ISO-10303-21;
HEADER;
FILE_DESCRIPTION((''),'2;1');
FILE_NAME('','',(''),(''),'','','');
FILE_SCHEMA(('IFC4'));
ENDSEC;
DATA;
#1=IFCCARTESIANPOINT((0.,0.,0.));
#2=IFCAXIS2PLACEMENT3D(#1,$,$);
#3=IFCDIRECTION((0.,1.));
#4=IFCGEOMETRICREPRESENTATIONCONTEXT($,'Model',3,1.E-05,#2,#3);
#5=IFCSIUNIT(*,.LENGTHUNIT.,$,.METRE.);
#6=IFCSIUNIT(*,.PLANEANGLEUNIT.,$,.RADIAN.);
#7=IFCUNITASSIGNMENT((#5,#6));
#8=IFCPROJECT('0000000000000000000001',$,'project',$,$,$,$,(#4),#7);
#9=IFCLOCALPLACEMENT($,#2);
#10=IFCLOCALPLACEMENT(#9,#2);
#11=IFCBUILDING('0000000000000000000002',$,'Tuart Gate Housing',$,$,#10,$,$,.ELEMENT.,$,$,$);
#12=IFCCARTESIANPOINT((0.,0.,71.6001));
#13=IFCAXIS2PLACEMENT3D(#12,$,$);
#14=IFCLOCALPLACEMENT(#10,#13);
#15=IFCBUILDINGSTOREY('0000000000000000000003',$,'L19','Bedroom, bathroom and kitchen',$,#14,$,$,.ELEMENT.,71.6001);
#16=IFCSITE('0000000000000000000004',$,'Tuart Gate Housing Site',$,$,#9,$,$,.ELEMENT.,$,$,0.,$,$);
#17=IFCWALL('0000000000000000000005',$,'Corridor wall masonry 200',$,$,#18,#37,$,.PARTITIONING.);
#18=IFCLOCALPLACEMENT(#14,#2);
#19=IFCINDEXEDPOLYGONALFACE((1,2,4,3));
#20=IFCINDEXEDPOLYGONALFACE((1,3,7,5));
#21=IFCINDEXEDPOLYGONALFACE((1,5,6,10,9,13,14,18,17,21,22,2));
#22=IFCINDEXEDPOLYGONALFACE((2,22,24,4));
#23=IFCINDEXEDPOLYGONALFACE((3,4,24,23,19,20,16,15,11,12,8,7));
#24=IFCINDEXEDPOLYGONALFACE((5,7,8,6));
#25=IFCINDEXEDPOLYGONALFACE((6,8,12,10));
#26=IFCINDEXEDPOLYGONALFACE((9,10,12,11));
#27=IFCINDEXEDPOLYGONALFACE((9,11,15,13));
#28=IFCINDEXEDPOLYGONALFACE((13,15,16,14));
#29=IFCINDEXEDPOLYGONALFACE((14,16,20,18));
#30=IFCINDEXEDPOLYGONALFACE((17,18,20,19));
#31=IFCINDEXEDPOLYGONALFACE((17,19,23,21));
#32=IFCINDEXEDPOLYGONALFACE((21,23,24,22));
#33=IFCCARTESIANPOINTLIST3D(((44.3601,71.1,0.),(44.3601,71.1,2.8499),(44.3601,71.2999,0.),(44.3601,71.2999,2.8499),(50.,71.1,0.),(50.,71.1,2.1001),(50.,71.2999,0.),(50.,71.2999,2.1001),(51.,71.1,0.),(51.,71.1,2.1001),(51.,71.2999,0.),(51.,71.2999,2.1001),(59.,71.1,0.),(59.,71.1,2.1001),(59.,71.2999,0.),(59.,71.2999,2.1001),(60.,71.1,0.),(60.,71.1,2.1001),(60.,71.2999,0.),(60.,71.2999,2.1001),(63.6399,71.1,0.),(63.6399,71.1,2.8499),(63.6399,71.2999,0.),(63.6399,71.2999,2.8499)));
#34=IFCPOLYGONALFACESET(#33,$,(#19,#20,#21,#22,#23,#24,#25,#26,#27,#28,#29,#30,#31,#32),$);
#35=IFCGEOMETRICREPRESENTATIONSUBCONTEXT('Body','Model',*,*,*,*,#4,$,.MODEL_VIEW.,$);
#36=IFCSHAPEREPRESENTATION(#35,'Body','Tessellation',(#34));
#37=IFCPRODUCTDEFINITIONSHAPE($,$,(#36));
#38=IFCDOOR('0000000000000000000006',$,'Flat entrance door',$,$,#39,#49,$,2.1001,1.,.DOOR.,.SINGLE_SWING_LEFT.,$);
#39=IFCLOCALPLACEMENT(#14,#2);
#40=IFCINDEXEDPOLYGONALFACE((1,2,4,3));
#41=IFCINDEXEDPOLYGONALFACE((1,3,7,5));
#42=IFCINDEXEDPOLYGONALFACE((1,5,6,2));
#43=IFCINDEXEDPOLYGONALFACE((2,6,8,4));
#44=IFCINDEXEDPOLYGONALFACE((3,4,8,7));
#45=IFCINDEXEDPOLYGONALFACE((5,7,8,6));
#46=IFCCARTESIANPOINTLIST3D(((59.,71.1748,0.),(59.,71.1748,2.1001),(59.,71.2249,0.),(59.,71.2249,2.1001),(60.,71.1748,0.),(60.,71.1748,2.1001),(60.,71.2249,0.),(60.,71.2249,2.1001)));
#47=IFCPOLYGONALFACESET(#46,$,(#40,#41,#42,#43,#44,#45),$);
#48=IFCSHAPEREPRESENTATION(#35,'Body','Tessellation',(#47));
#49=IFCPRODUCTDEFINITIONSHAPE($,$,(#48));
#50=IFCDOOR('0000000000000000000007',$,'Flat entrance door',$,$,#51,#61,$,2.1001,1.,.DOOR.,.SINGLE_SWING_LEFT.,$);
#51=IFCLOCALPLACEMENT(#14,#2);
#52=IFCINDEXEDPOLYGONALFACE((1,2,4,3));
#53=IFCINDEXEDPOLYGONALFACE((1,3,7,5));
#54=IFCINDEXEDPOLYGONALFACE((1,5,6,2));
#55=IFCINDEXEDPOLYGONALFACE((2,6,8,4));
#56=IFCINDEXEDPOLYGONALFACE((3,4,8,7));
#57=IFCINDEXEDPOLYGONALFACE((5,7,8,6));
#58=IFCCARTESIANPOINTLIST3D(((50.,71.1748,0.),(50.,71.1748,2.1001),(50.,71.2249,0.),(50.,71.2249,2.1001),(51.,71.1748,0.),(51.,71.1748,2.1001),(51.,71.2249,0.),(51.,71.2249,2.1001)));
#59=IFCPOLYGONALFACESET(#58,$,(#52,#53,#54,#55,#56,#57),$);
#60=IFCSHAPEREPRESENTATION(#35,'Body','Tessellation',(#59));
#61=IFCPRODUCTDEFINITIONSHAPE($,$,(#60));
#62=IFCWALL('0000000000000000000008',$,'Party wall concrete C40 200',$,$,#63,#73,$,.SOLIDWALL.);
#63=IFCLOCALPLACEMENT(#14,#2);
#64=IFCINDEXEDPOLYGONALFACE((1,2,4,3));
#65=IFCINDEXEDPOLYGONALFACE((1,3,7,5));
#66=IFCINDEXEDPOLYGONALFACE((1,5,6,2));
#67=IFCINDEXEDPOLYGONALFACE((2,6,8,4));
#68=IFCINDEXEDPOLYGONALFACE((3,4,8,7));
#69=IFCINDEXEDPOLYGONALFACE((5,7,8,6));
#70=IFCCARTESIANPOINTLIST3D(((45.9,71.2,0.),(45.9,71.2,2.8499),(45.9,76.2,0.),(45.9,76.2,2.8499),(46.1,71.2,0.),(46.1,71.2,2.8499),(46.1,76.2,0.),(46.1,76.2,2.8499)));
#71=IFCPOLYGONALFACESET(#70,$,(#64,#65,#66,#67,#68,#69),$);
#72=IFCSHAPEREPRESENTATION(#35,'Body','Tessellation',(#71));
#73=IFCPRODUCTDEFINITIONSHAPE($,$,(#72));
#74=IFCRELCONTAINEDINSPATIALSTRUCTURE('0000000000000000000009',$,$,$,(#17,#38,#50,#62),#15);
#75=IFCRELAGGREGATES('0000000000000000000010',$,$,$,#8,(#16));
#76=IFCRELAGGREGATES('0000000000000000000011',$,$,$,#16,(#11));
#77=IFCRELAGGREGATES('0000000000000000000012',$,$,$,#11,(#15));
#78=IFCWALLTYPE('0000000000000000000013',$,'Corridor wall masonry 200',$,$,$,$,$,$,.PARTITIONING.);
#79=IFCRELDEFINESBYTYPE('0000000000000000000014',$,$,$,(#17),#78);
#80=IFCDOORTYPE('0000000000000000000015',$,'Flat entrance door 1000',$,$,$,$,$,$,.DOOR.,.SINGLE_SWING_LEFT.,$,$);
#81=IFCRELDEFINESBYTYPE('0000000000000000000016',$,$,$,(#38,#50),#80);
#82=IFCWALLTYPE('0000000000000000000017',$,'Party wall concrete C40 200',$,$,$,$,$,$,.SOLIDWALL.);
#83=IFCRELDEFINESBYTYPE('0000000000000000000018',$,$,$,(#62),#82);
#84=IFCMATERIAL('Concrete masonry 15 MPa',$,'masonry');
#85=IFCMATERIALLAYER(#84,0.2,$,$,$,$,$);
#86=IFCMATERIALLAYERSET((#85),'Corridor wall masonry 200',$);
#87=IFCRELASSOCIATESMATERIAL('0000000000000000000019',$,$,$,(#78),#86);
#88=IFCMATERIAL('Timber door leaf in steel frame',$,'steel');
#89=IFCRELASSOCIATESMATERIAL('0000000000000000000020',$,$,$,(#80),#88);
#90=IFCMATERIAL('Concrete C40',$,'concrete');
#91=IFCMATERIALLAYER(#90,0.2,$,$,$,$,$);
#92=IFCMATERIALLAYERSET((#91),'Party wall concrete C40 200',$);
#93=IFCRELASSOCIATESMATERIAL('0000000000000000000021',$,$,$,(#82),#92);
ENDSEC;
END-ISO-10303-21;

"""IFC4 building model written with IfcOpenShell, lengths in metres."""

from ifc_helpers import new_model, si_unit, direction, frame, frame_2d, origin, place, context, subcontext, project, spatial, rectangle, extrude, material, layer, layer_set, type_object, element, fill, save


model = new_model("IFC4")

# Units and contexts
model_context = context("Model", 3, precision=1e-05, world=origin(), true_north=direction((0.0, 1.0)))
body_context = subcontext(model_context, "Body", "Model", "MODEL_VIEW")
ifc_project = project(units=[si_unit("LENGTHUNIT", "METRE"), si_unit("PLANEANGLEUNIT", "RADIAN")], contexts=[model_context])

# Site, building, storey
site_placement = place(None, origin())
site = spatial("IfcSite", under=ifc_project, at=site_placement, Name="Tuart Gate Housing Site", CompositionType="ELEMENT", RefElevation=0.0)
building_placement = place(site_placement, origin())
building = spatial("IfcBuilding", under=site, at=building_placement, Name="Tuart Gate Housing", CompositionType="ELEMENT")
storey_placement = place(building_placement, frame((0.0, 0.0, 71.6001)))
storey = spatial("IfcBuildingStorey", under=building, at=storey_placement, Name="L19", Description="Bedroom, bathroom and kitchen", CompositionType="ELEMENT", Elevation=71.6001)

# Wall, openings, doors
ifc_material_1 = material(Name="Concrete masonry 15 MPa", Category="masonry")
ifc_layer_1 = layer(ifc_material_1, 0.2)
ifc_layer_set_1 = layer_set([ifc_layer_1], Name="Corridor wall masonry 200")
wall_type_1 = type_object("IfcWallType", Name="Corridor wall masonry 200", PredefinedType="PARTITIONING", material=ifc_layer_set_1)
wall_1_placement = place(storey_placement, frame((44.3601, 71.2, 0.0), z_axis=(0.0, 0.0, 1.0), x_axis=(1.0, 0.0, 0.0)))
wall_1 = element("IfcWall", 1, at=wall_1_placement, inside=storey, type_object=wall_type_1, Name="Corridor wall masonry 200", PredefinedType="PARTITIONING", context=body_context, shape_type="SweptSolid", body=[
    extrude(rectangle(XDim=19.2798, YDim=0.2, at=frame_2d((9.6399, 0.0))), origin(), (0.0, 0.0, 1.0), 2.8499),
])
opening_1_placement = place(wall_1_placement, frame((14.6399, 0.0, 0.0)))
opening_1 = element("IfcOpeningElement", 2, at=opening_1_placement, cuts=wall_1, PredefinedType="OPENING", context=body_context, shape_type="SweptSolid", body=[
    extrude(rectangle(XDim=1.0, YDim=2.1001, at=frame_2d((0.5, 1.05))), frame((0.0, 0.1099, 0.0), z_axis=(0.0, -1.0, 0.0), x_axis=(1.0, 0.0, 0.0)), (0.0, 0.0, 1.0), 0.22),
])
opening_2_placement = place(wall_1_placement, frame((5.6399, 0.0, 0.0)))
opening_2 = element("IfcOpeningElement", 3, at=opening_2_placement, cuts=wall_1, PredefinedType="OPENING", context=body_context, shape_type="SweptSolid", body=[
    extrude(rectangle(XDim=1.0, YDim=2.1001, at=frame_2d((0.5, 1.05))), frame((0.0, 0.1099, 0.0), z_axis=(0.0, -1.0, 0.0), x_axis=(1.0, 0.0, 0.0)), (0.0, 0.0, 1.0), 0.22),
])
ifc_material_2 = material(Name="Timber door leaf in steel frame", Category="steel")
door_type_1 = type_object("IfcDoorType", Name="Flat entrance door 1000", OperationType="SINGLE_SWING_LEFT", PredefinedType="DOOR", material=ifc_material_2)
door_1_placement = place(opening_1_placement, origin())
door_1 = element("IfcDoor", 4, at=door_1_placement, inside=storey, type_object=door_type_1, Name="Flat entrance door", OperationType="SINGLE_SWING_LEFT", OverallHeight=2.1001, OverallWidth=1.0, PredefinedType="DOOR", context=body_context, shape_type="SweptSolid", body=[
    extrude(rectangle(XDim=1.0, YDim=2.1001, at=frame_2d((0.5, 1.05))), frame((0.0, 0.0249, 0.0), z_axis=(0.0, -1.0, 0.0), x_axis=(1.0, 0.0, 0.0)), (0.0, 0.0, 1.0), 0.05),
])
fill(opening_1, door_1)
door_2_placement = place(opening_2_placement, origin())
door_2 = element("IfcDoor", 5, at=door_2_placement, inside=storey, type_object=door_type_1, Name="Flat entrance door", OperationType="SINGLE_SWING_LEFT", OverallHeight=2.1001, OverallWidth=1.0, PredefinedType="DOOR", context=body_context, shape_type="SweptSolid", body=[
    extrude(rectangle(XDim=1.0, YDim=2.1001, at=frame_2d((0.5, 1.05))), frame((0.0, 0.0249, 0.0), z_axis=(0.0, -1.0, 0.0), x_axis=(1.0, 0.0, 0.0)), (0.0, 0.0, 1.0), 0.05),
])
fill(opening_2, door_2)

# Wall
ifc_material_3 = material(Name="Concrete C40", Category="concrete")
ifc_layer_2 = layer(ifc_material_3, 0.2)
ifc_layer_set_2 = layer_set([ifc_layer_2], Name="Party wall concrete C40 200")
wall_type_2 = type_object("IfcWallType", Name="Party wall concrete C40 200", PredefinedType="SOLIDWALL", material=ifc_layer_set_2)
wall_2_placement = place(storey_placement, frame((46.0, 71.2, 0.0), z_axis=(0.0, 0.0, 1.0), x_axis=(0.0, 1.0, 0.0)))
element("IfcWall", 6, at=wall_2_placement, inside=storey, type_object=wall_type_2, Name="Party wall concrete C40 200", PredefinedType="SOLIDWALL", context=body_context, shape_type="SweptSolid", body=[
    extrude(rectangle(XDim=5.0, YDim=0.2, at=frame_2d((2.5, 0.0))), origin(), (0.0, 0.0, 1.0), 2.8499),
])

save(model, "model.ifc")
